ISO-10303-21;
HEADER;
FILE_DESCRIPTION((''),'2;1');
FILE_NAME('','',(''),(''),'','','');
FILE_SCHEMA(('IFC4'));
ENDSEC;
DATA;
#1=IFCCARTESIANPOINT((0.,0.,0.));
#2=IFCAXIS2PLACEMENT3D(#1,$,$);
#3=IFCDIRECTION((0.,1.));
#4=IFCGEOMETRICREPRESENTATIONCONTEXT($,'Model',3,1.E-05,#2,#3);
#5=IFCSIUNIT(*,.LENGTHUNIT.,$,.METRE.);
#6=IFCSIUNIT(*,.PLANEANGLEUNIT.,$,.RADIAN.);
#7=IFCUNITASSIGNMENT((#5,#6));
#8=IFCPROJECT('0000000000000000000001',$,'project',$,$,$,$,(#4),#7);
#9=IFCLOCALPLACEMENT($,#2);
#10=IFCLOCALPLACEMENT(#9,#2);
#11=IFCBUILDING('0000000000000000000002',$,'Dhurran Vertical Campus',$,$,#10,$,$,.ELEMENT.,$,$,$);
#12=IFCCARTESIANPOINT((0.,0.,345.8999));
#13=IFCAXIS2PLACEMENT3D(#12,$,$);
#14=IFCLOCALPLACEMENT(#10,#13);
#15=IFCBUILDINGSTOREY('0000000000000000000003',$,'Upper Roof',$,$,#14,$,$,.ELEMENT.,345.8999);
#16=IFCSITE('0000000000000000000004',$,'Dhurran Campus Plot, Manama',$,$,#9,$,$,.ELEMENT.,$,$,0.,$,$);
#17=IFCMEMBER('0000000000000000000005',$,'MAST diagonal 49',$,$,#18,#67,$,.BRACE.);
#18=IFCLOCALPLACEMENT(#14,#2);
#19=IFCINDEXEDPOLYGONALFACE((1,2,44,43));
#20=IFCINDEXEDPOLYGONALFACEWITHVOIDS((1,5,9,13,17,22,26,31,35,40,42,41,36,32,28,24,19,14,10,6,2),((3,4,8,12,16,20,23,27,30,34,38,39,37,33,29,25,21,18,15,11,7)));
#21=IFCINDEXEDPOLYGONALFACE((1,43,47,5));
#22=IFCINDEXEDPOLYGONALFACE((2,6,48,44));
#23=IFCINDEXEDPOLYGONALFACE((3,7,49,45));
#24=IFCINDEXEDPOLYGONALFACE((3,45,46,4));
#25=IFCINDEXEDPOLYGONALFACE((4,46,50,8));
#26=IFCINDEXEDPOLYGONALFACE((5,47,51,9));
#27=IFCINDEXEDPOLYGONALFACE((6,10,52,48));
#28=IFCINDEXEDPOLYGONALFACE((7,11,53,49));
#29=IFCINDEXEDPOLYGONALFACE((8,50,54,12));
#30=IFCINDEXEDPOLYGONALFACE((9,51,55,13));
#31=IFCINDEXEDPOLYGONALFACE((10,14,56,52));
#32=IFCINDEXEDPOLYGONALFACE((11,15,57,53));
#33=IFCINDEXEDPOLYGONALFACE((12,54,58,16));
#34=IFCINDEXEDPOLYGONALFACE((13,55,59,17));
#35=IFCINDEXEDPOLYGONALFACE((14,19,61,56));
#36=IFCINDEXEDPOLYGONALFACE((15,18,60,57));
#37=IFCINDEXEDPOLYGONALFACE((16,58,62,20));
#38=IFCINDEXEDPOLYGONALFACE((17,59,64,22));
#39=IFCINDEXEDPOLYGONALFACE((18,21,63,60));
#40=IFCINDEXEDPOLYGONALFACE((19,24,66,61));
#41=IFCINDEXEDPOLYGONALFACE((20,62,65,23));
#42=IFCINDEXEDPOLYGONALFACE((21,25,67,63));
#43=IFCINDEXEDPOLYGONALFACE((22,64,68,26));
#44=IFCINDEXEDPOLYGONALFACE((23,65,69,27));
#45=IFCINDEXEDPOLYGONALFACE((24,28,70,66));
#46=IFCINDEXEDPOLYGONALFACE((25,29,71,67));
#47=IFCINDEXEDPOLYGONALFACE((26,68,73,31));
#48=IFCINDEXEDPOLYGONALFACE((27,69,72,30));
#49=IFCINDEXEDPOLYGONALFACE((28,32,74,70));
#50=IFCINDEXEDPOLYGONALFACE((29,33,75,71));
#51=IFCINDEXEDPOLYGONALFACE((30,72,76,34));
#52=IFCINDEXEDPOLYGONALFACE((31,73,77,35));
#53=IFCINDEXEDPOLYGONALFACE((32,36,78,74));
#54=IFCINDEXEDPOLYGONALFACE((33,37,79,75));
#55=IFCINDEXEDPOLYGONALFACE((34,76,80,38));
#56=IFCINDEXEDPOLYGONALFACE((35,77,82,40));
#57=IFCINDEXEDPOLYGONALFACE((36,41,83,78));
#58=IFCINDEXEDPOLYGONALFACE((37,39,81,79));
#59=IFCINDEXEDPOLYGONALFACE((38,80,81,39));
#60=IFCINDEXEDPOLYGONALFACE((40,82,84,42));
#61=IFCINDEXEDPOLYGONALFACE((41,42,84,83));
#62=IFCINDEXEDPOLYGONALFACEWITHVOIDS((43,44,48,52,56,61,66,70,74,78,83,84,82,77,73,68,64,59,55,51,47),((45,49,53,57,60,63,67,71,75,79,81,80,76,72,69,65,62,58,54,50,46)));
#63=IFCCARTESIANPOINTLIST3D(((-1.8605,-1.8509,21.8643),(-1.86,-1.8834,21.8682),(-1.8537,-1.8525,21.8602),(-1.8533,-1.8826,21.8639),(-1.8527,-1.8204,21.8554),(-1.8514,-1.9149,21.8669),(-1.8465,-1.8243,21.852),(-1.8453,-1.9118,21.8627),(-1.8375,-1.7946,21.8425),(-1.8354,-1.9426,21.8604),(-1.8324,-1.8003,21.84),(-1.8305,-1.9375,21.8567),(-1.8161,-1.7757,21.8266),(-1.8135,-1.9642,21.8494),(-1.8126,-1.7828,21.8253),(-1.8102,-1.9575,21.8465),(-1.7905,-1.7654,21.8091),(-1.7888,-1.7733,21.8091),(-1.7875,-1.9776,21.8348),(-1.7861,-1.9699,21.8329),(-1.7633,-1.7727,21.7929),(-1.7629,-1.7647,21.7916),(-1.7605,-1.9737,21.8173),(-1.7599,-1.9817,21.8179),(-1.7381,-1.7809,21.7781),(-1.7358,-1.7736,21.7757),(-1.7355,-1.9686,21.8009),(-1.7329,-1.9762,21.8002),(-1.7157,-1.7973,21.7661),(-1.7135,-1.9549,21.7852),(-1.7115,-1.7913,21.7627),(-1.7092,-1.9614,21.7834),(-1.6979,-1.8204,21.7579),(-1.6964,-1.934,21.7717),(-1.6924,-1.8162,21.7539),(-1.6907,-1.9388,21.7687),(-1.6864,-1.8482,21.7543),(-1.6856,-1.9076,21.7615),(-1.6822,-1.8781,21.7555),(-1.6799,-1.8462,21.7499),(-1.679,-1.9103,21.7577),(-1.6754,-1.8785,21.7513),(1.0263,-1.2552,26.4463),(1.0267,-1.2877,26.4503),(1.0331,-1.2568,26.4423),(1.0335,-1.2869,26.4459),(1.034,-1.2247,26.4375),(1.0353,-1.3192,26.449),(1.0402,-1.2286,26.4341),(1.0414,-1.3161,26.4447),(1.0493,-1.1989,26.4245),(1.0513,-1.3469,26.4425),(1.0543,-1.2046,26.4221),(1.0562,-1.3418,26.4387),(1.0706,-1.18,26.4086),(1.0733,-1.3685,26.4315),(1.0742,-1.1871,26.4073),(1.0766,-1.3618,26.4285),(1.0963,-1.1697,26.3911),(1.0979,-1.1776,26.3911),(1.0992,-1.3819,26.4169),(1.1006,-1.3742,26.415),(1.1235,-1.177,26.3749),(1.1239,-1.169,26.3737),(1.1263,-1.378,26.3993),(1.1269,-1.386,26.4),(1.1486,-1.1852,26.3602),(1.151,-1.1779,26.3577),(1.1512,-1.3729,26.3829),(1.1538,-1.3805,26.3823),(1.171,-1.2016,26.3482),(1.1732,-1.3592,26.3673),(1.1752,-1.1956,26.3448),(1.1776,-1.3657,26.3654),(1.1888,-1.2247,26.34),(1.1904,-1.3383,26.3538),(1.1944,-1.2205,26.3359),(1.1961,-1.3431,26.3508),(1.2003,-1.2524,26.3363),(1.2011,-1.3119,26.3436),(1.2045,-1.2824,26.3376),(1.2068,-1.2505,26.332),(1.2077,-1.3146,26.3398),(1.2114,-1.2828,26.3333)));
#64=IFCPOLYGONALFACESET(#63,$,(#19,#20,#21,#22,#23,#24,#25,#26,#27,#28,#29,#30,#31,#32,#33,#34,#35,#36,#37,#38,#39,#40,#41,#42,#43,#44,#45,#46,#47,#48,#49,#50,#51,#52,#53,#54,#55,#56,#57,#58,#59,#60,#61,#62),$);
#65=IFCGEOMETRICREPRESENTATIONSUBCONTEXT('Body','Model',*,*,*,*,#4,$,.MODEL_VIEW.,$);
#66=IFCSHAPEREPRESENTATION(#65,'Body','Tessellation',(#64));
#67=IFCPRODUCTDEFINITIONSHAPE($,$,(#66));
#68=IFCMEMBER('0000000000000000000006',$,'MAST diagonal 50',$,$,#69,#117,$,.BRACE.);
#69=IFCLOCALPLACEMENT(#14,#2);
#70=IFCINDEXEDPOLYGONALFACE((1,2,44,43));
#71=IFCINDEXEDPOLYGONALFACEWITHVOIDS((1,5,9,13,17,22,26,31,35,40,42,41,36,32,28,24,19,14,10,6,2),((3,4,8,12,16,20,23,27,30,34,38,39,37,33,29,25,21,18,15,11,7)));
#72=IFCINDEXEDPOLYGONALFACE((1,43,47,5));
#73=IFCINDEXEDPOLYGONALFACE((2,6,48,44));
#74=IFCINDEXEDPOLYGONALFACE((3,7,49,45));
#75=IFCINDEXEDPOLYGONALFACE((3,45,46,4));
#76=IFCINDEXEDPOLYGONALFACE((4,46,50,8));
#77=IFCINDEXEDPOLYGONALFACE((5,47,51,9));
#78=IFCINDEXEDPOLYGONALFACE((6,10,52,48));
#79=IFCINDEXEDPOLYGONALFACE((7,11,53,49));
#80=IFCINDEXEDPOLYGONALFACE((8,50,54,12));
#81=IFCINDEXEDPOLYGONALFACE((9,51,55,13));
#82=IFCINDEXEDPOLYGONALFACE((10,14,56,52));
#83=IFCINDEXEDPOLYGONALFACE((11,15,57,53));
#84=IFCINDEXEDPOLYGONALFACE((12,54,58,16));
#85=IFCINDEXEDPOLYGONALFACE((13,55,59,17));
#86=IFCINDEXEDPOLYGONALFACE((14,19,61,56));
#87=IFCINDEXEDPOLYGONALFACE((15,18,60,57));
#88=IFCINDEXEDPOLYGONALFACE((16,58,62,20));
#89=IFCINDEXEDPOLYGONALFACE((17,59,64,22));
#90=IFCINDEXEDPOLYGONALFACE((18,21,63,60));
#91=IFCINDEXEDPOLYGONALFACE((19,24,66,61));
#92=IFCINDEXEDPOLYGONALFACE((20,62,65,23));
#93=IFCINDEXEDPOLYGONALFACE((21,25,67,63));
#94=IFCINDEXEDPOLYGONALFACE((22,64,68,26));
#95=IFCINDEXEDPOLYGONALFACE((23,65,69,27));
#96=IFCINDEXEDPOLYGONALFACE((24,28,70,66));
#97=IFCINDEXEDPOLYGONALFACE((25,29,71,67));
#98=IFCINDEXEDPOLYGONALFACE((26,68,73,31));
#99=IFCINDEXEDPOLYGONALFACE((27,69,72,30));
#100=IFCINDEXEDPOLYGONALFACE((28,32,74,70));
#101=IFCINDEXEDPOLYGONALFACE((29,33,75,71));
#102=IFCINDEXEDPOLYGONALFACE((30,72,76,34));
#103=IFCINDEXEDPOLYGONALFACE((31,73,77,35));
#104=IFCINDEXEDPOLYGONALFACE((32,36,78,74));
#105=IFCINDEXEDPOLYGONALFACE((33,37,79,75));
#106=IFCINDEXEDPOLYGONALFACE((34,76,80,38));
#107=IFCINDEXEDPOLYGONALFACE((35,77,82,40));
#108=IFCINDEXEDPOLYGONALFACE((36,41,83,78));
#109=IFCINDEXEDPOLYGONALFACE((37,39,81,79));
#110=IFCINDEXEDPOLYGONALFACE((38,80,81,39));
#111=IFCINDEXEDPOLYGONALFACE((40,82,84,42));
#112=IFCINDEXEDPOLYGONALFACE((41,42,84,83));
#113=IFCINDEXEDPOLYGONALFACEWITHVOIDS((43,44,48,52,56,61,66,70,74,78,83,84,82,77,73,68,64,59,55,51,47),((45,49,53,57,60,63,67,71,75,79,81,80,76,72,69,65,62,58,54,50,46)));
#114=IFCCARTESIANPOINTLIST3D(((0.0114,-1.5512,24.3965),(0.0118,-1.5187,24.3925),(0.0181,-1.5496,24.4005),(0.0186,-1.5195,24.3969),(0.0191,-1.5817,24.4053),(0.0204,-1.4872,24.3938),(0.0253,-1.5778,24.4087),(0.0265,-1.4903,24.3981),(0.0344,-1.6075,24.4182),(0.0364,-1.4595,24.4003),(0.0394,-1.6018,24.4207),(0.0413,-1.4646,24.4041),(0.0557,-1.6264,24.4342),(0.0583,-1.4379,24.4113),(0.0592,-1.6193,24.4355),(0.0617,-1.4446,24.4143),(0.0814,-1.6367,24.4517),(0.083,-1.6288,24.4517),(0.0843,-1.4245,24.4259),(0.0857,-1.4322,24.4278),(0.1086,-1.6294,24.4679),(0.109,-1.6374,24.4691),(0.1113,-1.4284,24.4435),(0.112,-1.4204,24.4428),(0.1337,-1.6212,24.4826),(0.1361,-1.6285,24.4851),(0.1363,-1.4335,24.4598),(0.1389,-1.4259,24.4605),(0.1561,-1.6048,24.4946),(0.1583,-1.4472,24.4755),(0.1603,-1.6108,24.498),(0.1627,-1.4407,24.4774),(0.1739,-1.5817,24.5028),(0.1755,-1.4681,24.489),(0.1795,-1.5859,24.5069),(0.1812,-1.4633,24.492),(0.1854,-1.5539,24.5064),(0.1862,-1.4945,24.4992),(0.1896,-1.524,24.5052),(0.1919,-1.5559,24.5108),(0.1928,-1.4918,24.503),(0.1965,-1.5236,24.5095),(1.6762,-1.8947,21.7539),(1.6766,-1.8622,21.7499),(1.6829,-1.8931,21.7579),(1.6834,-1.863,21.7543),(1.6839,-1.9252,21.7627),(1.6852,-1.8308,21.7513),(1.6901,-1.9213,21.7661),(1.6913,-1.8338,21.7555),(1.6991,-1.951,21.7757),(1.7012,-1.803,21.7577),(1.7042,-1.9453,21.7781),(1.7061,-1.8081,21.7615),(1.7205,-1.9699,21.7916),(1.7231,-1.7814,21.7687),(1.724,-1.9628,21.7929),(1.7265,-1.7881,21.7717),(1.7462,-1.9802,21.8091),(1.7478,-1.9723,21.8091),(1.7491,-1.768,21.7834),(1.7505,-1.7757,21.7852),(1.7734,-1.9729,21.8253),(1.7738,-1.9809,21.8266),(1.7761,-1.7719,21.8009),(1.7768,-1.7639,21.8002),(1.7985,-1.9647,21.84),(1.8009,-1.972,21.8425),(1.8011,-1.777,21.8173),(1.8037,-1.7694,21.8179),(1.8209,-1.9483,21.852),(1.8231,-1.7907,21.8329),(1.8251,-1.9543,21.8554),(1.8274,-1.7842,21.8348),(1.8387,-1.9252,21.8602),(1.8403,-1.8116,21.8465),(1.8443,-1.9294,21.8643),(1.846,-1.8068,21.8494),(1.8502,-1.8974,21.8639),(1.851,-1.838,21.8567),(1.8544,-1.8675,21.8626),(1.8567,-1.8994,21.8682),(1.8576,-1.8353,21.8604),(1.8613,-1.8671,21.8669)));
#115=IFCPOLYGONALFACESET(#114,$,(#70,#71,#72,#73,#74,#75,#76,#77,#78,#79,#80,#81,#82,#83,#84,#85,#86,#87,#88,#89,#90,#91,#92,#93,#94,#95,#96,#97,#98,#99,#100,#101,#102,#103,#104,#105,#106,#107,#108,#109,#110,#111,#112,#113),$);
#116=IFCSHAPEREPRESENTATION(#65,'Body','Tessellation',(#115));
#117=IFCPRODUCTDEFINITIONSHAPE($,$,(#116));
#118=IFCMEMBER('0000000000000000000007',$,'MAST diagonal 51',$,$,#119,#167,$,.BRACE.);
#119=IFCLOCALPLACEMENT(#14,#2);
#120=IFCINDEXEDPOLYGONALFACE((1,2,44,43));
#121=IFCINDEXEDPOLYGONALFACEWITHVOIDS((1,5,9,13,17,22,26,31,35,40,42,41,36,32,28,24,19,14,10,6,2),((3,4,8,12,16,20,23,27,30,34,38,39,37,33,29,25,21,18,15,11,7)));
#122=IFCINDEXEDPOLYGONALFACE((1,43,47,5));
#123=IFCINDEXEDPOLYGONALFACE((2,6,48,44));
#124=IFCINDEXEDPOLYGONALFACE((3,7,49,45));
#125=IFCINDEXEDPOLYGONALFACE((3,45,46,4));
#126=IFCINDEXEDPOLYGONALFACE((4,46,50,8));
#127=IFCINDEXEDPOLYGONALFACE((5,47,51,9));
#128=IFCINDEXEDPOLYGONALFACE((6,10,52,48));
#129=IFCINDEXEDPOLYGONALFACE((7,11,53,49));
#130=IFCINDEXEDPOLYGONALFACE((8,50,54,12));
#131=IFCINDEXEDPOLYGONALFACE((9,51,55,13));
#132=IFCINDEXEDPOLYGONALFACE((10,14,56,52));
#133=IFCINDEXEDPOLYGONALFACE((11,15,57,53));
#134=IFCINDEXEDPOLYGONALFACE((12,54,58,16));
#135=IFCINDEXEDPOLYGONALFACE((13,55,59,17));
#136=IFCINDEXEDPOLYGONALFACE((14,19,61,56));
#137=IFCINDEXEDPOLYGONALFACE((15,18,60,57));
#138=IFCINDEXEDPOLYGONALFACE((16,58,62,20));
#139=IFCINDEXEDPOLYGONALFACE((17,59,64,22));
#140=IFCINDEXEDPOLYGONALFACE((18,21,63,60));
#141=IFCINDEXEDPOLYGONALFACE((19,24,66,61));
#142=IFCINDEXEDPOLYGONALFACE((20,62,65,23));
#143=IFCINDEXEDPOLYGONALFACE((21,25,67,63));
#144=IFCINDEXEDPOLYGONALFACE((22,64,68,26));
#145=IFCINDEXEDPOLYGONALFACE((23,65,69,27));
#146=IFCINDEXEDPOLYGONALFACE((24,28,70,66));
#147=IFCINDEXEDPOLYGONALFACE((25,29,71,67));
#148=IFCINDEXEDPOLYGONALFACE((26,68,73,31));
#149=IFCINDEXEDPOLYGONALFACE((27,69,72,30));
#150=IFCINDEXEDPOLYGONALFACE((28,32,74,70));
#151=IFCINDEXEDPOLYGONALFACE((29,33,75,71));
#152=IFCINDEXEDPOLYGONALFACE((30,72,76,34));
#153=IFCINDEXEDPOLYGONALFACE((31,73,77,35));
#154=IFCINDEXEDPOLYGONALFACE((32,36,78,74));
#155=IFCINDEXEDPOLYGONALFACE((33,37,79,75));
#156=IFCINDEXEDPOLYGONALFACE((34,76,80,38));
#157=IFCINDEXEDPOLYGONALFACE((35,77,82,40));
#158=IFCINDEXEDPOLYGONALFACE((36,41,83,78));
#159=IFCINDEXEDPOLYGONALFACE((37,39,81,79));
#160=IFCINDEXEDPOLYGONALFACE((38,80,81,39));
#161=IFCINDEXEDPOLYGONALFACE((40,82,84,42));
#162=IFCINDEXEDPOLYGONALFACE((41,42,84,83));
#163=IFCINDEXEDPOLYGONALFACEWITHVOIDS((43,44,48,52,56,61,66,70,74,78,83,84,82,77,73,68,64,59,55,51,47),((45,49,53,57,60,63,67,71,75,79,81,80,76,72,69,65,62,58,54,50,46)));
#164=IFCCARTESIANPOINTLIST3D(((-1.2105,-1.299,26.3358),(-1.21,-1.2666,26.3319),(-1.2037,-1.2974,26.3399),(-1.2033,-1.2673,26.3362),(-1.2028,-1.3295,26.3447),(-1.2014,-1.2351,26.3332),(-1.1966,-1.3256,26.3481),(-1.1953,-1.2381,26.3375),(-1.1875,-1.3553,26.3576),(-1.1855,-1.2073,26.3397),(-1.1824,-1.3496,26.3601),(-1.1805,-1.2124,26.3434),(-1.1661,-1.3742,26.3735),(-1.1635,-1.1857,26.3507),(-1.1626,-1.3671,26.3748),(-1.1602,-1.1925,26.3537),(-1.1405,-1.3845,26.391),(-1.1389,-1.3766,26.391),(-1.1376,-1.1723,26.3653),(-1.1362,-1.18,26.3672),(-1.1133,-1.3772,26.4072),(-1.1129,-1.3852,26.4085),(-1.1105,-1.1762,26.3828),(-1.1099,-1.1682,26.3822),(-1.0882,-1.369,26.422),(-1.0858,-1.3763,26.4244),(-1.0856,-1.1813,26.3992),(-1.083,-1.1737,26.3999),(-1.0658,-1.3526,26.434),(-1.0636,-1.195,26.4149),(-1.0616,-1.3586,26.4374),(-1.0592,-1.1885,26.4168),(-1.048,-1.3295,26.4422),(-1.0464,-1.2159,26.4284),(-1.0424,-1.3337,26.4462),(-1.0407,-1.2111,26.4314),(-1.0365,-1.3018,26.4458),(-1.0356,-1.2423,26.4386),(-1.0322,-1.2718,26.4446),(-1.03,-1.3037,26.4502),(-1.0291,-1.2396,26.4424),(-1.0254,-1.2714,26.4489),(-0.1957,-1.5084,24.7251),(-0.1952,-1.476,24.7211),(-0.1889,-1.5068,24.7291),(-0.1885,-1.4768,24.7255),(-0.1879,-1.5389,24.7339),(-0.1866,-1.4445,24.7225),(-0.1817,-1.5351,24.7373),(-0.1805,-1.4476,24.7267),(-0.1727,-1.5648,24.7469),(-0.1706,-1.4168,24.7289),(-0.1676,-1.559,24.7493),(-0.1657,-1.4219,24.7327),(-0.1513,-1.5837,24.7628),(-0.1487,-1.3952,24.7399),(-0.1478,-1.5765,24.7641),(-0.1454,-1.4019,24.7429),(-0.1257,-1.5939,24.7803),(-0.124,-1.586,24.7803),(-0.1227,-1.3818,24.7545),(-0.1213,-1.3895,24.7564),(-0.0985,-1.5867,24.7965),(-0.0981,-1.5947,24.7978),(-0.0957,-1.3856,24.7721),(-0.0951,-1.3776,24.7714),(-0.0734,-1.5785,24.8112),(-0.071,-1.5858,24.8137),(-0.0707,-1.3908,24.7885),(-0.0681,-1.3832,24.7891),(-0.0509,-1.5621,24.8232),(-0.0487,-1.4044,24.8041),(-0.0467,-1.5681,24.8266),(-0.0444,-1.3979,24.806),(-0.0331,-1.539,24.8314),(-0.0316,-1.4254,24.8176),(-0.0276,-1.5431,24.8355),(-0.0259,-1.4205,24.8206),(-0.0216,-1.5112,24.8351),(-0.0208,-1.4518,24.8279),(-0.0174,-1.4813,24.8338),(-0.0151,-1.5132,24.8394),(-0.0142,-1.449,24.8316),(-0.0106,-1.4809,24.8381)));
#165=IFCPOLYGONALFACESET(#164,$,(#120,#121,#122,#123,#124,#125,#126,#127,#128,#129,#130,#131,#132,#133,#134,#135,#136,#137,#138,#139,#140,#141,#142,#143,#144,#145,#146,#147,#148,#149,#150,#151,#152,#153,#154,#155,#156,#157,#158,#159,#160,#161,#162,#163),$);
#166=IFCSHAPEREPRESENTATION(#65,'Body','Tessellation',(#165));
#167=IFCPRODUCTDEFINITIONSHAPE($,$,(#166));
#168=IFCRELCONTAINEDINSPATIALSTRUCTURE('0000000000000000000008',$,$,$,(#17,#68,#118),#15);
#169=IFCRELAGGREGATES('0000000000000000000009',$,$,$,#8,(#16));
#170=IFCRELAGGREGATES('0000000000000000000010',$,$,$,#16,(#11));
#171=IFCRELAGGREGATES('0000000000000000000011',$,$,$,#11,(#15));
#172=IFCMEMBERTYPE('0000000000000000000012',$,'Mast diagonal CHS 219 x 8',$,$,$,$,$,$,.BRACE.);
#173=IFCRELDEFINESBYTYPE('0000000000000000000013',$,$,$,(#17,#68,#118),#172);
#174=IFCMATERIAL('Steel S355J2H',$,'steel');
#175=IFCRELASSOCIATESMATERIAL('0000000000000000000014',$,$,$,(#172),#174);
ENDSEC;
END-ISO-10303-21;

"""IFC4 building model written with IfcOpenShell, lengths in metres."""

from ifc_helpers import new_model, si_unit, direction, frame, origin, origin_2d, place, context, subcontext, project, spatial, hollow_circle, extrude, material, material_profile, profile_set, type_object, element, save


model = new_model("IFC4")

# Units and contexts
model_context = context("Model", 3, precision=1e-05, world=origin(), true_north=direction((0.0, 1.0)))
body_context = subcontext(model_context, "Body", "Model", "MODEL_VIEW")
ifc_project = project(units=[si_unit("LENGTHUNIT", "METRE"), si_unit("PLANEANGLEUNIT", "RADIAN")], contexts=[model_context])

# Site, building, storey
site_placement = place(None, origin())
site = spatial("IfcSite", under=ifc_project, at=site_placement, Name="Dhurran Campus Plot, Manama", CompositionType="ELEMENT", RefElevation=0.0)
building_placement = place(site_placement, origin())
building = spatial("IfcBuilding", under=site, at=building_placement, Name="Dhurran Vertical Campus", CompositionType="ELEMENT")
storey_placement = place(building_placement, frame((0.0, 0.0, 345.8999)))
storey = spatial("IfcBuildingStorey", under=building, at=storey_placement, Name="Upper Roof", CompositionType="ELEMENT", Elevation=345.8999)

# Members
ifc_material_1 = material(Name="Steel S355J2H", Category="steel")
ifc_material_profile_1 = material_profile(ifc_material_1, hollow_circle(Radius=0.1096, WallThickness=0.0081, at=origin_2d()), Name="CHS219x8")
ifc_profile_set_1 = profile_set([ifc_material_profile_1], Name="Steel S355J2H")
member_type_1 = type_object("IfcMemberType", Name="Mast diagonal CHS 219 x 8", PredefinedType="BRACE", material=ifc_profile_set_1)
member_1_placement = place(storey_placement, frame((-1.7683, -1.8728, 21.8091), z_axis=(0.529847, 0.109339, 0.841016), x_axis=(-0.202102, 0.979365, 0.0)))
element("IfcMember", 1, at=member_1_placement, inside=storey, type_object=member_type_1, Name="MAST diagonal 49", PredefinedType="BRACE", context=body_context, shape_type="SweptSolid", body=[
    extrude(hollow_circle(Radius=0.1096, WallThickness=0.0081, at=origin_2d()), origin(), (0.0, 0.0, 1.0), 5.4482),
])
member_2_placement = place(storey_placement, frame((1.7683, -1.8728, 21.8091), z_axis=(-0.529836, 0.109324, 0.841024), x_axis=(-0.202078, -0.979369, 0.0)))
element("IfcMember", 2, at=member_2_placement, inside=storey, type_object=member_type_1, Name="MAST diagonal 50", PredefinedType="BRACE", context=body_context, shape_type="SweptSolid", body=[
    extrude(hollow_circle(Radius=0.1096, WallThickness=0.0081, at=origin_2d()), origin(), (0.0, 0.0, 1.0), 3.1421),
])
member_3_placement = place(storey_placement, frame((-0.1035, -1.4866, 24.7803), z_axis=(-0.529864, 0.109363, 0.841002), x_axis=(-0.202138, -0.979357, 0.0)))
element("IfcMember", 3, at=member_3_placement, inside=storey, type_object=member_type_1, Name="MAST diagonal 51", PredefinedType="BRACE", context=body_context, shape_type="SweptSolid", body=[
    extrude(hollow_circle(Radius=0.1096, WallThickness=0.0081, at=origin_2d()), origin(), (0.0, 0.0, 1.0), 1.9153),
])

save(model, "model.ifc")
